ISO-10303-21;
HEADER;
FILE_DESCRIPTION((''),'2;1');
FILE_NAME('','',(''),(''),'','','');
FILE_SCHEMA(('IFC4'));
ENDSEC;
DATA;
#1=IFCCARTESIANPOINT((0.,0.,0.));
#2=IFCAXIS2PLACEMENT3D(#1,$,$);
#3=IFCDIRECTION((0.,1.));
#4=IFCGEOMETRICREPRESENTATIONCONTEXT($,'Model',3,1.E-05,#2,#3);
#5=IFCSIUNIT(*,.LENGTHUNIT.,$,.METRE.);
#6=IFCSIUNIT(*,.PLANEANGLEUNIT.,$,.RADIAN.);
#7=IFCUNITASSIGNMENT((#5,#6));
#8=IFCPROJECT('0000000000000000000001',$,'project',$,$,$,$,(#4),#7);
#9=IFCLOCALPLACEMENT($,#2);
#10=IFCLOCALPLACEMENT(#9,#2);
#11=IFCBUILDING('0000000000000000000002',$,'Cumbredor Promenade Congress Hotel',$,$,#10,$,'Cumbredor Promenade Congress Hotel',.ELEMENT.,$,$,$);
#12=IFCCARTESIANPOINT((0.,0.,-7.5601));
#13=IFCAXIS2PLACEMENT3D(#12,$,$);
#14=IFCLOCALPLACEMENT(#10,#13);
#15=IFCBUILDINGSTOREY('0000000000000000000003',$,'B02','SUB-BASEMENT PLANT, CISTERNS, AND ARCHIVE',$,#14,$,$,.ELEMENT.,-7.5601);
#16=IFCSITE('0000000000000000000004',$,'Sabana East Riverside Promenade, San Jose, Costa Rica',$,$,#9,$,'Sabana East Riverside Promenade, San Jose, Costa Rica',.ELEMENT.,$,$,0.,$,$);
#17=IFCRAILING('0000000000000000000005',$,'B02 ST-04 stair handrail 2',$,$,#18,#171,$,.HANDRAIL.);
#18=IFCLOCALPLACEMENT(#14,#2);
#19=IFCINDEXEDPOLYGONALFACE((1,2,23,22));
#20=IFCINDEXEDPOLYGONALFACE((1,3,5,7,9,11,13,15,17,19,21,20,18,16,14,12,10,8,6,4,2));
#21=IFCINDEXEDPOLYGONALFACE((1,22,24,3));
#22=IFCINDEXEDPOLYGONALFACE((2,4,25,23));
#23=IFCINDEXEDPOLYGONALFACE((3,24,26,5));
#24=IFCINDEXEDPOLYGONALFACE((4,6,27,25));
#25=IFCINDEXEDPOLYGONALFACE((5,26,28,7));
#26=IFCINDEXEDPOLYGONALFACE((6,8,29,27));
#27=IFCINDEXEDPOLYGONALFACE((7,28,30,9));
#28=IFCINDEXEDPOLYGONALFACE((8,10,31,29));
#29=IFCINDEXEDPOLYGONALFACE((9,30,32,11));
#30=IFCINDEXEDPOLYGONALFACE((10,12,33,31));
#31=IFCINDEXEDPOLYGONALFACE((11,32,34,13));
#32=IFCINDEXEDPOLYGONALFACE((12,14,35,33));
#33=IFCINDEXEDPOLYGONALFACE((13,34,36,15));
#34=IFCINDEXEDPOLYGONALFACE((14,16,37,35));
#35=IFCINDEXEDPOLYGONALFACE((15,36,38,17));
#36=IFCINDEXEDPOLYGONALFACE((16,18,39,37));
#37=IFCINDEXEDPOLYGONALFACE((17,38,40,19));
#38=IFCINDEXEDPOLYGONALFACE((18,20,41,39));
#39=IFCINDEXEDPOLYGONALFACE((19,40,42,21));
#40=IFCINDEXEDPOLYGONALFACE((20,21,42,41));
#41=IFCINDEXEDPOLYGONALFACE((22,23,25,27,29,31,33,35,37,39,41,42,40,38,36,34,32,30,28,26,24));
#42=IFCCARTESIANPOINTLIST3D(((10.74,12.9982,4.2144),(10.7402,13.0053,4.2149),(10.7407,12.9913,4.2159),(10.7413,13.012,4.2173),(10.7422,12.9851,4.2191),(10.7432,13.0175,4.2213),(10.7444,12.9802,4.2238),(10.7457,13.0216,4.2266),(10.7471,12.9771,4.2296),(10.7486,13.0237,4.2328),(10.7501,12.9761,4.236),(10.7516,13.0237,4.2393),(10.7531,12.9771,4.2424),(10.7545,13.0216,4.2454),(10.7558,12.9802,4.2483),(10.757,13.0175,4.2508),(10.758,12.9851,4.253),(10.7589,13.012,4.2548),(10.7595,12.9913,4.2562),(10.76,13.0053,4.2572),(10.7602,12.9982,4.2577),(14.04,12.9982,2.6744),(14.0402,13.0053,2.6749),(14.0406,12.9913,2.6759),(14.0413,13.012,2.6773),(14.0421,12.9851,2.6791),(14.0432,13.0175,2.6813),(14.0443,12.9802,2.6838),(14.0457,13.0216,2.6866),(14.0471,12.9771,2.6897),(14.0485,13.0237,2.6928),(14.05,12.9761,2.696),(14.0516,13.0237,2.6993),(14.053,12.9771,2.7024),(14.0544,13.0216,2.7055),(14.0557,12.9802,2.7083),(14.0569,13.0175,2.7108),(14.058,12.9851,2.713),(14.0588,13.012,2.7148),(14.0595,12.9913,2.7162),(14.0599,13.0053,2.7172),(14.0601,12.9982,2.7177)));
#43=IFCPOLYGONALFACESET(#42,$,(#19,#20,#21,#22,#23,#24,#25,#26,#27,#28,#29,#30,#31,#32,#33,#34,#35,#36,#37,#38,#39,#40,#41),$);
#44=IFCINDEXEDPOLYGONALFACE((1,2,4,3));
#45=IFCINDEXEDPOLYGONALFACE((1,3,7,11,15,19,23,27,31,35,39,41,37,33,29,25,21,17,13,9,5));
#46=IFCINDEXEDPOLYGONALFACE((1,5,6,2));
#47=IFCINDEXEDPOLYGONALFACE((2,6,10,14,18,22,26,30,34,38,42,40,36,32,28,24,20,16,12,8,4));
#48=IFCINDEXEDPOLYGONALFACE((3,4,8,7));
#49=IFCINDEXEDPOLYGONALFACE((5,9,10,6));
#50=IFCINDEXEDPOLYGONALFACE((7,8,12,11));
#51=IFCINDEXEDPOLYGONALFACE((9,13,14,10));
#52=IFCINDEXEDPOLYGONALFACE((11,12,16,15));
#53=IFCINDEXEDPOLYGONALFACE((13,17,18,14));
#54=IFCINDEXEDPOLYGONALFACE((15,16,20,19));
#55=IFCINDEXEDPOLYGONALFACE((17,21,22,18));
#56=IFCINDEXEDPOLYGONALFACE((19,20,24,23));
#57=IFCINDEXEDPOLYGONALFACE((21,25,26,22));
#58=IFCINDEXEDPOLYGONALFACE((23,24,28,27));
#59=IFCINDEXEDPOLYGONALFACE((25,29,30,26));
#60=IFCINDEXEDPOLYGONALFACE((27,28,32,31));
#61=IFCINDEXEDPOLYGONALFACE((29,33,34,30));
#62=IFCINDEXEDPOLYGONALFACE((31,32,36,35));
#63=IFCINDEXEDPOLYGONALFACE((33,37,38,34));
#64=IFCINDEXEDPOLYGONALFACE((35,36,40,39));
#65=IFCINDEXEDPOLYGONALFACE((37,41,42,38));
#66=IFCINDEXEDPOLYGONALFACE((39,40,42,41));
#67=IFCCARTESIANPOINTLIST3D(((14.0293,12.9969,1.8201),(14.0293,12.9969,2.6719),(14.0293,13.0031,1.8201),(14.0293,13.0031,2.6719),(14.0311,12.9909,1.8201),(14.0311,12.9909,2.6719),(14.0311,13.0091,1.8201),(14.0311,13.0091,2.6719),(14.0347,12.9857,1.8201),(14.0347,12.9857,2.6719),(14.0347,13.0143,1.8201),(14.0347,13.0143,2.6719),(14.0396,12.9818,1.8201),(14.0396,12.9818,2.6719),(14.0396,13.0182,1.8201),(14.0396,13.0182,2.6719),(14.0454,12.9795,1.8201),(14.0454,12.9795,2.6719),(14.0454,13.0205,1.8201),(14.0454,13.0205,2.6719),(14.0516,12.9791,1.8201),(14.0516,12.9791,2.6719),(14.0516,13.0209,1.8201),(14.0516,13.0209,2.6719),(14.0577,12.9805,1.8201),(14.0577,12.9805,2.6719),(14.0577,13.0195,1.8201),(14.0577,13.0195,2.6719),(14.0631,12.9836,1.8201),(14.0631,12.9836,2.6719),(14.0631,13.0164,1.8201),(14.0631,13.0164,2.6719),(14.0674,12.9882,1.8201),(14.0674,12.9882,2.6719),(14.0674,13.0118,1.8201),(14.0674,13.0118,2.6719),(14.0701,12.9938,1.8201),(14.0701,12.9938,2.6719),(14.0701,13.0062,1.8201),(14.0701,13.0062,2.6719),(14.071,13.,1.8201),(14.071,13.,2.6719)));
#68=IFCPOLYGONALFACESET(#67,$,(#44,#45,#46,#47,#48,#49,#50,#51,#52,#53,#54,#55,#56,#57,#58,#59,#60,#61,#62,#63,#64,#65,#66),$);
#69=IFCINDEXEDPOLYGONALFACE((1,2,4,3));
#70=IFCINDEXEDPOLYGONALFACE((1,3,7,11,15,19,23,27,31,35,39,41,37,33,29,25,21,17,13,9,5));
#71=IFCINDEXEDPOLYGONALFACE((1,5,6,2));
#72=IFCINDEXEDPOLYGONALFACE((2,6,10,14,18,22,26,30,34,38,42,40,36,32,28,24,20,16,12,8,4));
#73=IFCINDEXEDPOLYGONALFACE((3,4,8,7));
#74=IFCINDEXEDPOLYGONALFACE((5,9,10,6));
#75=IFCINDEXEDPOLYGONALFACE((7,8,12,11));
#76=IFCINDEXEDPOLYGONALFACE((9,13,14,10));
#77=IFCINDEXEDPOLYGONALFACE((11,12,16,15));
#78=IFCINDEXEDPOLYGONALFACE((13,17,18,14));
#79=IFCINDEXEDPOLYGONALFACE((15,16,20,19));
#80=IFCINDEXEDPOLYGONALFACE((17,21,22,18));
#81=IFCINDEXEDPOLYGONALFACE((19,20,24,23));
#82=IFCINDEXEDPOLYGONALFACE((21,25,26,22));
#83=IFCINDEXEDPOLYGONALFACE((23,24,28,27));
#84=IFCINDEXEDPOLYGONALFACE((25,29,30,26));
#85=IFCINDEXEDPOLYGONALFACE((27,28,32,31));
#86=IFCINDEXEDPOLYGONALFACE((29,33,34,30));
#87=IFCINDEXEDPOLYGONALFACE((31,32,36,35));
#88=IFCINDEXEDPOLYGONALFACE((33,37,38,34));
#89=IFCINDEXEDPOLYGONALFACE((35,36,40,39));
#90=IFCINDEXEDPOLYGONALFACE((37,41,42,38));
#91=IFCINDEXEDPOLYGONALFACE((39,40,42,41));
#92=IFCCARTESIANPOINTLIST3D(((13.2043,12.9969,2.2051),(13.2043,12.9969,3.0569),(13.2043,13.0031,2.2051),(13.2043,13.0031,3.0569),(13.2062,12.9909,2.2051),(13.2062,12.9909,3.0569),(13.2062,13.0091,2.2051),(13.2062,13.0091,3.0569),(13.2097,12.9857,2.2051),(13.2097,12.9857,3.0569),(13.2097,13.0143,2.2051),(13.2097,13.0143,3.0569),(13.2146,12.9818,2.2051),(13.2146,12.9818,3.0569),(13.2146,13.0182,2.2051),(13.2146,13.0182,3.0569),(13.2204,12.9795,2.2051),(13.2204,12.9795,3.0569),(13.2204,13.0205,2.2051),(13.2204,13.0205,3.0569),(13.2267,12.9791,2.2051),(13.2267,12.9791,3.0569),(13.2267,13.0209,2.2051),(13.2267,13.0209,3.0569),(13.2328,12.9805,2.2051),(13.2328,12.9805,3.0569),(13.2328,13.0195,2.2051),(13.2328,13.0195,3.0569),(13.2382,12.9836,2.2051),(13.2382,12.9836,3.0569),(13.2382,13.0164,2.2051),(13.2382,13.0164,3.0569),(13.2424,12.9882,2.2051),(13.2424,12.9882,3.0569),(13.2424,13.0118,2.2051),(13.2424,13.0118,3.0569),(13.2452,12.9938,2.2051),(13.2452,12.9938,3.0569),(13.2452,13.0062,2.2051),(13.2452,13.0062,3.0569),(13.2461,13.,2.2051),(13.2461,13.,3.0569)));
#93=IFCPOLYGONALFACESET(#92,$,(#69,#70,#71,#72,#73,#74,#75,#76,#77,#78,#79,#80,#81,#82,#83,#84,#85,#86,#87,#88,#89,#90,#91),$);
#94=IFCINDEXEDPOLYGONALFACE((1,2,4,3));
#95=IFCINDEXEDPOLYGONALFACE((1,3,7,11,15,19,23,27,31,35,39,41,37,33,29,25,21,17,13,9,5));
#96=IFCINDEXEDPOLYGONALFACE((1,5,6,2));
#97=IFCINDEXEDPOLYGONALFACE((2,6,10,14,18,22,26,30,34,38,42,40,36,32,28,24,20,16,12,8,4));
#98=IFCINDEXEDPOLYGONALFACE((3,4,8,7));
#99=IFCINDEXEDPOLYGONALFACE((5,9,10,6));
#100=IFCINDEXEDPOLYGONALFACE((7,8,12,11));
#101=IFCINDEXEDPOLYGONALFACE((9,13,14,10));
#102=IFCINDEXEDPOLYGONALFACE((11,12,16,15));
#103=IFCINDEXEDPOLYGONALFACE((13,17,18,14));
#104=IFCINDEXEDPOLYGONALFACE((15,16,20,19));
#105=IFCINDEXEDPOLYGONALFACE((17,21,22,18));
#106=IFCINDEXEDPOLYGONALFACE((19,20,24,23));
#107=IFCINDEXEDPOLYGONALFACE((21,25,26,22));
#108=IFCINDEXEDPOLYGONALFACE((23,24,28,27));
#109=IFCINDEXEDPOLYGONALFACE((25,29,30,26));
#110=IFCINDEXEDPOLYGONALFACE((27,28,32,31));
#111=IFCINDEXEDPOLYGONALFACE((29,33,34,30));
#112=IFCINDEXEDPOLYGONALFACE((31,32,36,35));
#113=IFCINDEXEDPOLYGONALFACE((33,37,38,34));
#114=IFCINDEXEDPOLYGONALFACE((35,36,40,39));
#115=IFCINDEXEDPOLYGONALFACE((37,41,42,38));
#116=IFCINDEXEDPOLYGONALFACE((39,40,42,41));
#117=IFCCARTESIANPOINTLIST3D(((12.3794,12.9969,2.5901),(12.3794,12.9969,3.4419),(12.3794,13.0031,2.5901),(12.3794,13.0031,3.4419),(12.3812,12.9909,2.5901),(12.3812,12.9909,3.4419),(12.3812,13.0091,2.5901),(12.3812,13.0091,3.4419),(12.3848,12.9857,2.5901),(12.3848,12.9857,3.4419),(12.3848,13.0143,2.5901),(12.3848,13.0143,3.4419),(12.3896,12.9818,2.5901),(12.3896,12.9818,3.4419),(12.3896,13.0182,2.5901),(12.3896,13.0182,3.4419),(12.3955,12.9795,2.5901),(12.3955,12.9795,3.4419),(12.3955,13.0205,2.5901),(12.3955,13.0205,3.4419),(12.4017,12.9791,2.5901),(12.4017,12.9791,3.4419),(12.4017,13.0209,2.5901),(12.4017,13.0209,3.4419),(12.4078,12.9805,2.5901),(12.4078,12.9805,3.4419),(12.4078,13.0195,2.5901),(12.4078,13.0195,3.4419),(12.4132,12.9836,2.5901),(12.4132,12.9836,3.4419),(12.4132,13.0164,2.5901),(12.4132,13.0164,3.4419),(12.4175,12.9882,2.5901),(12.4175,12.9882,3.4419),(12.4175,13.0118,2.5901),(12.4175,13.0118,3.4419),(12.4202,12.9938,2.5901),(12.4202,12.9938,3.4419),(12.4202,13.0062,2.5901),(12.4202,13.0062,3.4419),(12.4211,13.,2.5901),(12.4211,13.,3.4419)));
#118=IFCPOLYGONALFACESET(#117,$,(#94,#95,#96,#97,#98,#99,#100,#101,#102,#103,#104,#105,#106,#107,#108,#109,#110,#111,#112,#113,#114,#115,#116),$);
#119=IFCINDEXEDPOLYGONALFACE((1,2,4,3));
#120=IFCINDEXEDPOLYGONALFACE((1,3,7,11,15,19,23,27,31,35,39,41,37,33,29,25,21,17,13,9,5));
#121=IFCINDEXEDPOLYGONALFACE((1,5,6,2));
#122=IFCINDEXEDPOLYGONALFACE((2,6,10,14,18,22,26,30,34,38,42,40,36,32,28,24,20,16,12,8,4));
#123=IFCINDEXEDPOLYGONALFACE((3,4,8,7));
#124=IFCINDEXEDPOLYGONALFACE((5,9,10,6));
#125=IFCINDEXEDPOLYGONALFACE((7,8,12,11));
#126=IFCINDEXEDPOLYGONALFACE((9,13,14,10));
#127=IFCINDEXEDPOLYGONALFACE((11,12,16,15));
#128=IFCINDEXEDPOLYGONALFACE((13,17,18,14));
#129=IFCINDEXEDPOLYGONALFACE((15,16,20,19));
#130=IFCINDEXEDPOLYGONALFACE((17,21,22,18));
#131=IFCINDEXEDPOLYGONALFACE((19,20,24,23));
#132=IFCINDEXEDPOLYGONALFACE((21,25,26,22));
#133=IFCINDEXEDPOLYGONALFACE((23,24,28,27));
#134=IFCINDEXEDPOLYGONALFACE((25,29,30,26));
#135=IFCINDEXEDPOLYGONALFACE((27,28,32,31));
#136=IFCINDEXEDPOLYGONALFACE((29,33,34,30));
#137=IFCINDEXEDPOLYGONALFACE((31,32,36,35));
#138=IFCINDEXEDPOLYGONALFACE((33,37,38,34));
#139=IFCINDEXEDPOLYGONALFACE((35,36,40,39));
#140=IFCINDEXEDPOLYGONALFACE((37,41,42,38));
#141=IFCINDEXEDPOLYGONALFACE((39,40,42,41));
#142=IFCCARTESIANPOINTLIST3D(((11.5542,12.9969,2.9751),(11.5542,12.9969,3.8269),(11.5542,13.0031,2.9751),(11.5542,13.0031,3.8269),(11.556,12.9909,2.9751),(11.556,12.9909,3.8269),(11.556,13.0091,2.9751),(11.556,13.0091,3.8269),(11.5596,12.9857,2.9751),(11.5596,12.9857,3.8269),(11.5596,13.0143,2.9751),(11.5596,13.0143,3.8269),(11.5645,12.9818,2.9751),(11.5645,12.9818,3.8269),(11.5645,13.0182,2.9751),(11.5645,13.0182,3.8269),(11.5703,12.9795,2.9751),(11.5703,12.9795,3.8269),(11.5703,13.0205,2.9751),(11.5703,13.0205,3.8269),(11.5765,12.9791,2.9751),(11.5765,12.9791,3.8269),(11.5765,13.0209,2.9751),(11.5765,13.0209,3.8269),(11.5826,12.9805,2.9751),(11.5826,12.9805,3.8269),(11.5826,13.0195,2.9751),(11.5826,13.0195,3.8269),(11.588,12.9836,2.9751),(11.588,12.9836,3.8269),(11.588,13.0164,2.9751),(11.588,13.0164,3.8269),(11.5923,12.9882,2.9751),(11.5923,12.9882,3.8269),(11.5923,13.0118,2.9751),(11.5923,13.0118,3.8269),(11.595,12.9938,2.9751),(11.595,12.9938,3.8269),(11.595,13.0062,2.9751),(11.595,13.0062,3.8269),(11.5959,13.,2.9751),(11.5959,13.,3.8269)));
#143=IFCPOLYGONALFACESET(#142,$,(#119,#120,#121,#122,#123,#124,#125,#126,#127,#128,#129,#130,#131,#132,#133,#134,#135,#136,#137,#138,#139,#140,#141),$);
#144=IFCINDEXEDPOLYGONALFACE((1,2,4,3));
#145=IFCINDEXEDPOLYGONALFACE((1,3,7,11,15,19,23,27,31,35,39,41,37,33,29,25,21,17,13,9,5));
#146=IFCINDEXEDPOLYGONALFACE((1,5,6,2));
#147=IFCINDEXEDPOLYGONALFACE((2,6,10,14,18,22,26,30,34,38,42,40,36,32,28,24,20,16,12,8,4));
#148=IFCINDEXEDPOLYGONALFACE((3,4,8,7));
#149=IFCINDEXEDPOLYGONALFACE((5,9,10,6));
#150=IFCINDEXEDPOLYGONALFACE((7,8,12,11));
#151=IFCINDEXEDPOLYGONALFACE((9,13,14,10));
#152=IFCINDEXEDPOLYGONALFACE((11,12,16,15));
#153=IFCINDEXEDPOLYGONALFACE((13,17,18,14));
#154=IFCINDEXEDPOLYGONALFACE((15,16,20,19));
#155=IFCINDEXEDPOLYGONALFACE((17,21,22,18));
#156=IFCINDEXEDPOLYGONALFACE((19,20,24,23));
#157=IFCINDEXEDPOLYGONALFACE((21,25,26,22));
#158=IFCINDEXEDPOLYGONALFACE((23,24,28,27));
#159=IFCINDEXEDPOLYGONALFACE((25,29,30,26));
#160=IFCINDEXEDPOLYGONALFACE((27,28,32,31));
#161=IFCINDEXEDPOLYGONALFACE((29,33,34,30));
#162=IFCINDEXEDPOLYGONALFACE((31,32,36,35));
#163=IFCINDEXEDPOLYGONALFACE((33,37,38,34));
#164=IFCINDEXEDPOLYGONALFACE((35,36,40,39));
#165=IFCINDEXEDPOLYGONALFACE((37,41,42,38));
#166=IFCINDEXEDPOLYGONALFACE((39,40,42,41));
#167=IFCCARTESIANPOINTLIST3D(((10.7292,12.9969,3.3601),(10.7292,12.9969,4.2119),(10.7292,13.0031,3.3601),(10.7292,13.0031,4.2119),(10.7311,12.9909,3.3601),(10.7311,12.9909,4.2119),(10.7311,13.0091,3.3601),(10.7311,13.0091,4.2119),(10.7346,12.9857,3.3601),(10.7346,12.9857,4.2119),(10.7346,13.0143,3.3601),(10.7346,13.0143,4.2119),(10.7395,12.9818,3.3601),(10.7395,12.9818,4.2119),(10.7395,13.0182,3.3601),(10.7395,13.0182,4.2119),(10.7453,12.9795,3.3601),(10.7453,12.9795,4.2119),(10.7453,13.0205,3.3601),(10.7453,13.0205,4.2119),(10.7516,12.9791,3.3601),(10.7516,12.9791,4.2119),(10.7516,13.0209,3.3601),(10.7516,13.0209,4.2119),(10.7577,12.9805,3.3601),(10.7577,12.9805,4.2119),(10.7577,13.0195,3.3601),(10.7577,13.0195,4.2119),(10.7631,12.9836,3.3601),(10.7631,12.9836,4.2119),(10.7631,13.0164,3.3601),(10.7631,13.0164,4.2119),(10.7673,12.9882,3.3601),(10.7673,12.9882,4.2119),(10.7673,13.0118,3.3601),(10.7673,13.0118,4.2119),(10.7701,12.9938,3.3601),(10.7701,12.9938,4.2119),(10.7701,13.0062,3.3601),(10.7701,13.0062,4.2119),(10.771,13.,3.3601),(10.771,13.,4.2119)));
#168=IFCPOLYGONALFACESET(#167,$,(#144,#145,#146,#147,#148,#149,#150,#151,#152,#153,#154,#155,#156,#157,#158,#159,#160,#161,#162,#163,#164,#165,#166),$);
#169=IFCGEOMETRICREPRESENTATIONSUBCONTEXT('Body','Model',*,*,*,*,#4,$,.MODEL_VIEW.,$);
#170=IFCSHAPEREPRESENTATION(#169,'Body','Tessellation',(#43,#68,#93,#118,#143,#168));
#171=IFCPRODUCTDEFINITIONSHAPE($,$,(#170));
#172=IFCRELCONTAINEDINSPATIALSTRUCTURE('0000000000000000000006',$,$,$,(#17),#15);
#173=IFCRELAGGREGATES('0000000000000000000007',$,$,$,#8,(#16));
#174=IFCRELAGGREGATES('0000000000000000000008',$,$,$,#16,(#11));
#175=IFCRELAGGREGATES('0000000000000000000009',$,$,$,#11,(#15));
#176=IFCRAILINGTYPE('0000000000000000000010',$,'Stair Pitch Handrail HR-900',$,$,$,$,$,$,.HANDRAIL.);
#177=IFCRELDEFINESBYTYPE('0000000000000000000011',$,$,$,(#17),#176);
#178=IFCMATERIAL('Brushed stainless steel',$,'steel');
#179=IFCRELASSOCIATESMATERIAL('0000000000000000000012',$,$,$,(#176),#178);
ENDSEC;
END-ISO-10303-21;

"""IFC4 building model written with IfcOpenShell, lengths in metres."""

from ifc_helpers import new_model, si_unit, direction, frame, origin, origin_2d, place, context, subcontext, project, spatial, circle, extrude, material, type_object, element, save


model = new_model("IFC4")

# Units and contexts
model_context = context("Model", 3, precision=1e-05, world=origin(), true_north=direction((0.0, 1.0)))
body_context = subcontext(model_context, "Body", "Model", "MODEL_VIEW")
ifc_project = project(units=[si_unit("LENGTHUNIT", "METRE"), si_unit("PLANEANGLEUNIT", "RADIAN")], contexts=[model_context])

# Site, building, storey
site_placement = place(None, origin())
site = spatial("IfcSite", under=ifc_project, at=site_placement, Name="Sabana East Riverside Promenade, San Jose, Costa Rica", LongName="Sabana East Riverside Promenade, San Jose, Costa Rica", CompositionType="ELEMENT", RefElevation=0.0)
building_placement = place(site_placement, origin())
building = spatial("IfcBuilding", under=site, at=building_placement, Name="Cumbredor Promenade Congress Hotel", LongName="Cumbredor Promenade Congress Hotel", CompositionType="ELEMENT")
storey_placement = place(building_placement, frame((0.0, 0.0, -7.5601)))
storey = spatial("IfcBuildingStorey", under=building, at=storey_placement, Name="B02", Description="SUB-BASEMENT PLANT, CISTERNS, AND ARCHIVE", CompositionType="ELEMENT", Elevation=-7.5601)

# Shared definitions
ifc_material_1 = material(Name="Brushed stainless steel", Category="steel")

# Railing
railing_type_1 = type_object("IfcRailingType", Name="Stair Pitch Handrail HR-900", PredefinedType="HANDRAIL", material=ifc_material_1)
railing_1_placement = place(storey_placement, frame((14.05, 13.0, 1.8201)))
element("IfcRailing", 1, at=railing_1_placement, inside=storey, type_object=railing_type_1, Name="B02 ST-04 stair handrail 2", PredefinedType="HANDRAIL", context=body_context, shape_type="SweptSolid", body=[
    extrude(circle(Radius=0.0239, at=origin_2d()), frame((0.0, 0.0, 0.876), z_axis=(-0.906181, 0.0, 0.422889), x_axis=(0.0, -1.0, 0.0)), (0.0, 0.0, 1.0), 3.6416),
    extrude(circle(Radius=0.021, at=origin_2d()), origin(), (0.0, 0.0, 1.0), 0.8518),
    extrude(circle(Radius=0.021, at=origin_2d()), frame((-0.825, 0.0, 0.385)), (0.0, 0.0, 1.0), 0.8518),
    extrude(circle(Radius=0.021, at=origin_2d()), frame((-1.6499, 0.0, 0.77)), (0.0, 0.0, 1.0), 0.8518),
    extrude(circle(Radius=0.021, at=origin_2d()), frame((-2.4751, 0.0, 1.155)), (0.0, 0.0, 1.0), 0.8518),
    extrude(circle(Radius=0.021, at=origin_2d()), frame((-3.3, 0.0, 1.54)), (0.0, 0.0, 1.0), 0.8518),
])

save(model, "model.ifc")
